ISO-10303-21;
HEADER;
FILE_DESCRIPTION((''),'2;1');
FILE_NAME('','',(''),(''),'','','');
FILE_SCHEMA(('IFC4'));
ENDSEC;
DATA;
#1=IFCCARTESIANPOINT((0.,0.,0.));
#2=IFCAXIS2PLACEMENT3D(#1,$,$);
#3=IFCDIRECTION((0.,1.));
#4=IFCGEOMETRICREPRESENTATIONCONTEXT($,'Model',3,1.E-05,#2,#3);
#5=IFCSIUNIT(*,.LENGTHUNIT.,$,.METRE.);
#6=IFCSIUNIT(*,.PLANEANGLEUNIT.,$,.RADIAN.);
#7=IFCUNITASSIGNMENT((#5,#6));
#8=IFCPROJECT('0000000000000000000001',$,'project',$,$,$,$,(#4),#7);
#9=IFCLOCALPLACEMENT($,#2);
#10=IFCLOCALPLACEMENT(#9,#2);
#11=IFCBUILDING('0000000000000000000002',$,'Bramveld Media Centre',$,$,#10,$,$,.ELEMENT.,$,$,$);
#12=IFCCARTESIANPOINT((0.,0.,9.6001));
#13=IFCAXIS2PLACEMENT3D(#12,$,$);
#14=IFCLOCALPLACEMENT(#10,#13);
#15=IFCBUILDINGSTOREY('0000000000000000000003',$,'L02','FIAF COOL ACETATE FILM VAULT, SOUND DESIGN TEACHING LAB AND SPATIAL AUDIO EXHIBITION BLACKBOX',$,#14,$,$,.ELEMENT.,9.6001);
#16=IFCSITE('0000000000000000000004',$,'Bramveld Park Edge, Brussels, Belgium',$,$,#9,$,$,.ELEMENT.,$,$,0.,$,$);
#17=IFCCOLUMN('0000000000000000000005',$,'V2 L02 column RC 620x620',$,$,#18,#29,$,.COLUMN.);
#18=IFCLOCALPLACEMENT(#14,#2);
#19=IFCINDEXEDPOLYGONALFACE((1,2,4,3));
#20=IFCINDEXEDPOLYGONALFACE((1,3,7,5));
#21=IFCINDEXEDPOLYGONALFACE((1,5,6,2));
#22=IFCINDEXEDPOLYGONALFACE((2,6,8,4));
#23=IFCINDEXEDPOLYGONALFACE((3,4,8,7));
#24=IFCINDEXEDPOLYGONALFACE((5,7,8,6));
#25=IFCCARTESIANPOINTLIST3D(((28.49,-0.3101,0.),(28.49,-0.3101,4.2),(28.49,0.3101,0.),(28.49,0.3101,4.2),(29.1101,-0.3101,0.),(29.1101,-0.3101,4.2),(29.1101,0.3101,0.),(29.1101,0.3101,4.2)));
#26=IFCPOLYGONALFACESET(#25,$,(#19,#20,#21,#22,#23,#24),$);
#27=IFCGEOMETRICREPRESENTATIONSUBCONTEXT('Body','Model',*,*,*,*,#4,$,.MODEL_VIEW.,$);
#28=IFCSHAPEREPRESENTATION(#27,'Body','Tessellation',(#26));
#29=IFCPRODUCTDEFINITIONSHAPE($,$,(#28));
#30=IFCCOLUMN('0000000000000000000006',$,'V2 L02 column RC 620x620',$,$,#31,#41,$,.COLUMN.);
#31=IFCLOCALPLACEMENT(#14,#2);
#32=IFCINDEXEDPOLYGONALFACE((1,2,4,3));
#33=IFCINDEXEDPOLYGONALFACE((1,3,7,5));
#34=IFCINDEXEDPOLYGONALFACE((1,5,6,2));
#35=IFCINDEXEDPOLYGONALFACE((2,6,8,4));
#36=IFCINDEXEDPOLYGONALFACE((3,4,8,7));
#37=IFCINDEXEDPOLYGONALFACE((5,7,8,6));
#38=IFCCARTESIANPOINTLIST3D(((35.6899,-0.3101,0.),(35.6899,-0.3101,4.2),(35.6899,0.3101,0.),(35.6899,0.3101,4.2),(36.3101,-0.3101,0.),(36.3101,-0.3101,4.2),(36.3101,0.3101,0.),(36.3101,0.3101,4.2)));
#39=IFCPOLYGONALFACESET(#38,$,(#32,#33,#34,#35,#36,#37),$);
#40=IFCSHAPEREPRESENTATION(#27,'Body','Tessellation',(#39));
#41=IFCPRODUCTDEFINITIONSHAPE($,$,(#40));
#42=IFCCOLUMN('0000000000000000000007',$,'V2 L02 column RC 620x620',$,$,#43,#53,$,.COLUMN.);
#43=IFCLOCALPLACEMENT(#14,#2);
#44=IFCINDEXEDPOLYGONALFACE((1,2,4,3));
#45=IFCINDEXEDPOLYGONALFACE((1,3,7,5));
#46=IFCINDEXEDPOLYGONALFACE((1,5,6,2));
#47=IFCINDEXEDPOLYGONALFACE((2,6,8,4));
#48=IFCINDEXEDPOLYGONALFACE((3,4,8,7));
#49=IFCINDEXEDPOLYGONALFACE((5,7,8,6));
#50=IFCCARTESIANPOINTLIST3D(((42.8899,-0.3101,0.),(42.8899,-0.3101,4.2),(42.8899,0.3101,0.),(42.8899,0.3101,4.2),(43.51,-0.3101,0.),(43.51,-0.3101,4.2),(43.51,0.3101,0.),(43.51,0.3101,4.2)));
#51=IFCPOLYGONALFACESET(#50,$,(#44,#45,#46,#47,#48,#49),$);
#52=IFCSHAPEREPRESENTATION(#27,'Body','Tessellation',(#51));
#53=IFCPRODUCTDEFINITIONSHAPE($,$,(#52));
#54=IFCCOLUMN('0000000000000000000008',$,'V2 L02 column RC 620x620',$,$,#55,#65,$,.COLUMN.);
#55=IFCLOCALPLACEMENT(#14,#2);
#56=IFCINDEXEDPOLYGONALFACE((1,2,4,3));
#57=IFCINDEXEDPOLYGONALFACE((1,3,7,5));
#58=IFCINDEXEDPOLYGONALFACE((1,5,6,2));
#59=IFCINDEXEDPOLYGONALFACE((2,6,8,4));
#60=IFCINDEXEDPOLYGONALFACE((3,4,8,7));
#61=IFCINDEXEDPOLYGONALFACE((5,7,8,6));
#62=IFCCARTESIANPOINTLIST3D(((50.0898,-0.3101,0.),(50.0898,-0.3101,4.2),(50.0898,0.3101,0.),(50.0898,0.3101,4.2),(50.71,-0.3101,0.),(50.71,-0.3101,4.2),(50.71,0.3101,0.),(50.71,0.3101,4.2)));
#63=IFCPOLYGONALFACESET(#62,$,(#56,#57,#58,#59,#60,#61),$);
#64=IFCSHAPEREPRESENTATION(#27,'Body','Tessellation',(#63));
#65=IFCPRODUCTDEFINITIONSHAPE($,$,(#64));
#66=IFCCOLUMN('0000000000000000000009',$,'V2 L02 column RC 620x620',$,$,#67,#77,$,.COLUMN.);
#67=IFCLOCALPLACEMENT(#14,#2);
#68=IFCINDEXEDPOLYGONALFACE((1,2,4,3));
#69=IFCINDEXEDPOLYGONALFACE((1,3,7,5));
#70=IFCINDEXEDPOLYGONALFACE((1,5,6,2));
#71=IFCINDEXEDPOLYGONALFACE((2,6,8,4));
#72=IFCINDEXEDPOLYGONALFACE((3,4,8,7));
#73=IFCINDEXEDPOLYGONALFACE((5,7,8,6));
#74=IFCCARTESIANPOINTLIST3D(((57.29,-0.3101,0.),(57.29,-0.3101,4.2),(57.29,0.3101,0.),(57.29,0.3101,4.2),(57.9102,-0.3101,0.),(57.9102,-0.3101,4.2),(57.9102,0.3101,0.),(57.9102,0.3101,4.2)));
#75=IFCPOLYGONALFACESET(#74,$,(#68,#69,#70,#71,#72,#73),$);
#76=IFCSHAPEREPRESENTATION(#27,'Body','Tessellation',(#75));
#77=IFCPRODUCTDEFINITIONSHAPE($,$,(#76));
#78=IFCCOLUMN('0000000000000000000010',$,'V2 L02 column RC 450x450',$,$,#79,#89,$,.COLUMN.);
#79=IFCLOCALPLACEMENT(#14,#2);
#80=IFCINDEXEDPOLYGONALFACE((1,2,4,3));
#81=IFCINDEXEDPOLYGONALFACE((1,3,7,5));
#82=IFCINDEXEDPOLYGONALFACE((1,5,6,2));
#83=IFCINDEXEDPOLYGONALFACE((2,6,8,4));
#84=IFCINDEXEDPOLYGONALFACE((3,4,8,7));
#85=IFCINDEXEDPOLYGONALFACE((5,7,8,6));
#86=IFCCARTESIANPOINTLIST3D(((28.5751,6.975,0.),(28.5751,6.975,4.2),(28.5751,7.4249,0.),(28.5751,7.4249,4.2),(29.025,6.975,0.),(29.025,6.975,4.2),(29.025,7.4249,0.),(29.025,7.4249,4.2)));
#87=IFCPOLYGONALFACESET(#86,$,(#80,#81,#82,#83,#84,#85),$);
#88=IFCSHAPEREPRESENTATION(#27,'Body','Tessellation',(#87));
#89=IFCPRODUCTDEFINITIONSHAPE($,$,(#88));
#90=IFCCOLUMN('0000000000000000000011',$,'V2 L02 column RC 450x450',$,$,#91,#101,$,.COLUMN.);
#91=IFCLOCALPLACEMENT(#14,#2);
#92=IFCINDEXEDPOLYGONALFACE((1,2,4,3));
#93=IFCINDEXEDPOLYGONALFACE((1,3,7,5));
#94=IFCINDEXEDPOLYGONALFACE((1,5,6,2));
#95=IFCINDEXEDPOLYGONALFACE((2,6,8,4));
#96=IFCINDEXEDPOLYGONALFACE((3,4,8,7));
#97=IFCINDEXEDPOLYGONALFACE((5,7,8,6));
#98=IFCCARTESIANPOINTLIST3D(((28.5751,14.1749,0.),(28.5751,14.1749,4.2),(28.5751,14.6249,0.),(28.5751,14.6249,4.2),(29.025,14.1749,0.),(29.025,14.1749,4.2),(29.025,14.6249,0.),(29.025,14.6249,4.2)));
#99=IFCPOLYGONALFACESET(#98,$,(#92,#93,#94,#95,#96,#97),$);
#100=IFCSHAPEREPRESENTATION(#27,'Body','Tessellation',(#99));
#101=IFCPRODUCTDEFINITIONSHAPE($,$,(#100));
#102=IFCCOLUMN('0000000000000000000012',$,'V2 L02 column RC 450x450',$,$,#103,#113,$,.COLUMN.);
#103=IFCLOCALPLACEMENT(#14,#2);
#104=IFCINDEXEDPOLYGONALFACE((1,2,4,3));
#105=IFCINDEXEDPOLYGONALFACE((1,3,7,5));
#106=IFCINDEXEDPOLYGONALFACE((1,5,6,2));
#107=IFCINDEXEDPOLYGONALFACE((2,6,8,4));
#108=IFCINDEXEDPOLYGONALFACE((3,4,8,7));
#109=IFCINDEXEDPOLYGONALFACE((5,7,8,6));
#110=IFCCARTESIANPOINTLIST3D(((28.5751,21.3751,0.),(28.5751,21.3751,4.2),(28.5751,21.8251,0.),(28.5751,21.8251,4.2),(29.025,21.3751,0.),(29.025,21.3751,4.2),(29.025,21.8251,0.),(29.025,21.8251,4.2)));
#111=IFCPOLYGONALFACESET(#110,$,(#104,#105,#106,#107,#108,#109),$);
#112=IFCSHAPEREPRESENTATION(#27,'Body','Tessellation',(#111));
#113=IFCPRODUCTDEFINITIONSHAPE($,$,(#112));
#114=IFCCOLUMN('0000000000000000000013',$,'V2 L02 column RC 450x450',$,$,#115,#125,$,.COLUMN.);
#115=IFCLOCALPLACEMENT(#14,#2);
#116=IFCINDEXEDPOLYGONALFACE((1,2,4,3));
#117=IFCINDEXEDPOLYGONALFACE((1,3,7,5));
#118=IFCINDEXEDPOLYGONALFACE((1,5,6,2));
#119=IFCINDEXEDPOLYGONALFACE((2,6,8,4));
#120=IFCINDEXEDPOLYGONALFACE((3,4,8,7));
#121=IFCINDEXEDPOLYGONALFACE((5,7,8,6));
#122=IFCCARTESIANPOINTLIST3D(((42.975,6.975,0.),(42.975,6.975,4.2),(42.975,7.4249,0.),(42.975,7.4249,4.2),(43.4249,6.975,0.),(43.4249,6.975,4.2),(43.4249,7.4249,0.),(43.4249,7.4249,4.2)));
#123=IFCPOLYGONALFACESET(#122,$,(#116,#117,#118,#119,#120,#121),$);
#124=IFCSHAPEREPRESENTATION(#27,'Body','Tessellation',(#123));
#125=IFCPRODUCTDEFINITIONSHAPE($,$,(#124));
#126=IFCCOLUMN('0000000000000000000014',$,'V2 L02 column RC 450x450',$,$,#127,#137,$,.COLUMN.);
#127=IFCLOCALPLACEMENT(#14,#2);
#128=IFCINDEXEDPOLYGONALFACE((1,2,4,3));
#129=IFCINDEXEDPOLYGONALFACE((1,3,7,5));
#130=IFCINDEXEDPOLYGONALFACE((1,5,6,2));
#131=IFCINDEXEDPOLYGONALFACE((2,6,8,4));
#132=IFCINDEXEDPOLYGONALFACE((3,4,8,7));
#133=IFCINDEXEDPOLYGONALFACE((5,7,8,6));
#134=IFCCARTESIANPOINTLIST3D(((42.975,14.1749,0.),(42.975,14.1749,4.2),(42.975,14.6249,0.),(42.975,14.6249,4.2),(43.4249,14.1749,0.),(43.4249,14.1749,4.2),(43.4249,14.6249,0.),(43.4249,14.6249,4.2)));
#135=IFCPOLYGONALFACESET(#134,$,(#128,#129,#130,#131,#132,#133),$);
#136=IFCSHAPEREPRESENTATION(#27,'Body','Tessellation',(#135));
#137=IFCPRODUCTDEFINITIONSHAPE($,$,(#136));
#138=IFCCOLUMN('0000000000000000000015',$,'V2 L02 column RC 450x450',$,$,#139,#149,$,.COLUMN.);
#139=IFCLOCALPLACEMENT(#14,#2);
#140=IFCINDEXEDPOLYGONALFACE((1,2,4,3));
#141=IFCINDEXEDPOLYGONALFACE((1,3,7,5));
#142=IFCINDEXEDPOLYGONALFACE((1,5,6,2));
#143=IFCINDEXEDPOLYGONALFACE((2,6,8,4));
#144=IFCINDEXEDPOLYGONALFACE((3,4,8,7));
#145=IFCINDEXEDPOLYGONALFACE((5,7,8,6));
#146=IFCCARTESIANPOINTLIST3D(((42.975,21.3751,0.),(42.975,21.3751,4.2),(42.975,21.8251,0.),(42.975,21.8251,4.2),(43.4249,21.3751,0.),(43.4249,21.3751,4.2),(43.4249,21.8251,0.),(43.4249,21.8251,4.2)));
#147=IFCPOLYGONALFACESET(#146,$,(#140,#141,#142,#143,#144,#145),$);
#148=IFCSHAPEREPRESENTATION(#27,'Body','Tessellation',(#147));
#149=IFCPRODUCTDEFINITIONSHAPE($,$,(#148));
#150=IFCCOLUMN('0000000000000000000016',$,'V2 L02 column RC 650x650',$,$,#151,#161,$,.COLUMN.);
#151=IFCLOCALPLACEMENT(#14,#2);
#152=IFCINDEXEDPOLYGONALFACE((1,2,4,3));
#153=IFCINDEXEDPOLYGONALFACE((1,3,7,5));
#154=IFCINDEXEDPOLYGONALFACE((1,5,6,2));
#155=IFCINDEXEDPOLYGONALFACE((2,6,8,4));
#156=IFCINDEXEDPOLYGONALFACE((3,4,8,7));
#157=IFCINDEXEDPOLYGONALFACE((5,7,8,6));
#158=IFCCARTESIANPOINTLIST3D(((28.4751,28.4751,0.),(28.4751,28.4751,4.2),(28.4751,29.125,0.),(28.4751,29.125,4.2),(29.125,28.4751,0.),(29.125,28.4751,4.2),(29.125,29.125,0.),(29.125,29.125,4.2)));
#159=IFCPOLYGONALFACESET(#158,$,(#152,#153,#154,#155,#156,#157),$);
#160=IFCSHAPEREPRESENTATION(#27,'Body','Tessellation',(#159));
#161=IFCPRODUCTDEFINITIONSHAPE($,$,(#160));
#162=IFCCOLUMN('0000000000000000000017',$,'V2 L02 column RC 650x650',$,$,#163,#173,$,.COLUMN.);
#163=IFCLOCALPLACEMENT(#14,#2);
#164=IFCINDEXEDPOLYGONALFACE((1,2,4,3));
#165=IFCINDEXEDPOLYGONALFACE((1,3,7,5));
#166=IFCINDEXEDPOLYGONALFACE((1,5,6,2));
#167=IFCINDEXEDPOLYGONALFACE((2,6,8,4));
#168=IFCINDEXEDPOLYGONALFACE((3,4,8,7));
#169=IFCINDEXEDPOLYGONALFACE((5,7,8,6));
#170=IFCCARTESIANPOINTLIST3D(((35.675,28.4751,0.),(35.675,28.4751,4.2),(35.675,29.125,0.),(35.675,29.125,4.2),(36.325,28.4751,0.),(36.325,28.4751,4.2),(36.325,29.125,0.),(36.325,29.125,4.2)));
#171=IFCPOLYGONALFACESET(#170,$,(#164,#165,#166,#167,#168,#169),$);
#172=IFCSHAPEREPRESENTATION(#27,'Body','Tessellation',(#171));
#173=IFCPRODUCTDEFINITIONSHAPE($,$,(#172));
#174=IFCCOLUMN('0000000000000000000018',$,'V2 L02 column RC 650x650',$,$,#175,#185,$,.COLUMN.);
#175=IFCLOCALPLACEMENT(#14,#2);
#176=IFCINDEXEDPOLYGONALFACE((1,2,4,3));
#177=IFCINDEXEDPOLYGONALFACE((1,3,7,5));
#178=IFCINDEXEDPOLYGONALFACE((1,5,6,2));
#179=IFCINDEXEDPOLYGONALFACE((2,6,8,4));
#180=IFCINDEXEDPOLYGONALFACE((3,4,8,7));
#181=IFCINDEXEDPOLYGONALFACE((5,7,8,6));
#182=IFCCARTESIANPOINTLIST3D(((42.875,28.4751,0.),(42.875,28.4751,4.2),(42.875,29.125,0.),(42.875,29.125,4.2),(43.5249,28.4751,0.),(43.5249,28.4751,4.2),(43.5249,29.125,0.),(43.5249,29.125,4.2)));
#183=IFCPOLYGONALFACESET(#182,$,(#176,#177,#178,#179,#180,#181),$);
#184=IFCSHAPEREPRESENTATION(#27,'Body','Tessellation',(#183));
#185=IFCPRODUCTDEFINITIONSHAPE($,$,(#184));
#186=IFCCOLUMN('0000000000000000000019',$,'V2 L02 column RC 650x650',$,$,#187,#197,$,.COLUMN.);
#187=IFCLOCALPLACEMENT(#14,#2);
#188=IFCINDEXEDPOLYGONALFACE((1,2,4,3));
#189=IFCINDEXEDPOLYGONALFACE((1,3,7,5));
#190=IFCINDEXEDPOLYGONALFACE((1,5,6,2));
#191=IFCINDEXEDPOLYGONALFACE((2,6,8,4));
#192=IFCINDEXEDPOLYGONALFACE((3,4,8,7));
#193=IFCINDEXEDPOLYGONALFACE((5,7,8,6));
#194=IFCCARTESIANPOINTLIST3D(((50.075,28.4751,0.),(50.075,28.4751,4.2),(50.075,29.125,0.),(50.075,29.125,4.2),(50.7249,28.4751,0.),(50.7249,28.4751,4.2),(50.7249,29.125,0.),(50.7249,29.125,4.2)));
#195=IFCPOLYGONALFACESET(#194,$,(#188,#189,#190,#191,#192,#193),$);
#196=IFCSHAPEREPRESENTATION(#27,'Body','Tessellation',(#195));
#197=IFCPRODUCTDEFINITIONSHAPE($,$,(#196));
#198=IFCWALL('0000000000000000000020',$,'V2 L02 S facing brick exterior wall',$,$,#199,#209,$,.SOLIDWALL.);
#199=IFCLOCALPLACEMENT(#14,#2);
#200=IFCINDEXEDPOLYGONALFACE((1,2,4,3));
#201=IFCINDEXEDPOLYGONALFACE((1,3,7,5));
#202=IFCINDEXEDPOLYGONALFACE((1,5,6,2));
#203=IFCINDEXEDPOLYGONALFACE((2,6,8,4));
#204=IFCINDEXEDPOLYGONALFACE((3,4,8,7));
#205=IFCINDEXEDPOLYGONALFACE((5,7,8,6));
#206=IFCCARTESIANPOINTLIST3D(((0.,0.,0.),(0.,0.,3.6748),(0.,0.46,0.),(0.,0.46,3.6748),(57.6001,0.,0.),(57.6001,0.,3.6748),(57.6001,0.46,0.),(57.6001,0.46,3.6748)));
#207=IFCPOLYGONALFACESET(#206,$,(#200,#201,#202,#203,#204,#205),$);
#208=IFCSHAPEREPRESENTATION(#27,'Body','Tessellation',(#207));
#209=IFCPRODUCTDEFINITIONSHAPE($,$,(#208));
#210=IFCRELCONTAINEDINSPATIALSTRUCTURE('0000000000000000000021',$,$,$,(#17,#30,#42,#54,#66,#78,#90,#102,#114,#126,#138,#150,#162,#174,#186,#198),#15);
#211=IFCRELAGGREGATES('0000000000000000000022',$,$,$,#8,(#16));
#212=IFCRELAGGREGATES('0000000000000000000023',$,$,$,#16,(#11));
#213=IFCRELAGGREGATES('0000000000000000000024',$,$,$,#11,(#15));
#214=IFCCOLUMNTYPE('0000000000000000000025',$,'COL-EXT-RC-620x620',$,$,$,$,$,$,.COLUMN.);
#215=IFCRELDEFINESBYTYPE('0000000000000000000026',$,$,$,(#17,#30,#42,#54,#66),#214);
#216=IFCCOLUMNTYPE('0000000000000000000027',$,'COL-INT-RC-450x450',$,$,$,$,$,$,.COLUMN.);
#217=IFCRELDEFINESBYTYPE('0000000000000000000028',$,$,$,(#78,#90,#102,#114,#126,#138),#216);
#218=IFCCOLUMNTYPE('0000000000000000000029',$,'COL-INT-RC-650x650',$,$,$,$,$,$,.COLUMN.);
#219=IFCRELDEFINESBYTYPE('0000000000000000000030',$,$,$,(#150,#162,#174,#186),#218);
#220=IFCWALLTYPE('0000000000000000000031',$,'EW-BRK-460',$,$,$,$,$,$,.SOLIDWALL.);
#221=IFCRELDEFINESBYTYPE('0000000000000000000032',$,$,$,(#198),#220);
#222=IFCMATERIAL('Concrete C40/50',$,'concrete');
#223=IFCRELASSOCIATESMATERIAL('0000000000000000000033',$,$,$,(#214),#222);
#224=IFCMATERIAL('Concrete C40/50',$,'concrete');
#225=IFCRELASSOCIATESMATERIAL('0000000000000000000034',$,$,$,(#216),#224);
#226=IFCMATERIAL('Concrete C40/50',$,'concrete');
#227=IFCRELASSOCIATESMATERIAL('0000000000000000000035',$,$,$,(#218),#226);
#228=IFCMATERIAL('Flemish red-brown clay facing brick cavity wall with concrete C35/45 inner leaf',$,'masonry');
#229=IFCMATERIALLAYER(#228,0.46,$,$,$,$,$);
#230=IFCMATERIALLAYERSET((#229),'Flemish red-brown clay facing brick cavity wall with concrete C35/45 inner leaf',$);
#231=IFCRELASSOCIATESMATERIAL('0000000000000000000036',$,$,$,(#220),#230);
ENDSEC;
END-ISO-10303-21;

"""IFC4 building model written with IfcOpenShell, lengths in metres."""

from ifc_helpers import new_model, si_unit, direction, frame, frame_2d, origin, origin_2d, place, context, subcontext, project, spatial, rectangle, extrude, material, layer, layer_set, material_profile, profile_set, type_object, element, save


model = new_model("IFC4")

# Units and contexts
model_context = context("Model", 3, precision=1e-05, world=origin(), true_north=direction((0.0, 1.0)))
body_context = subcontext(model_context, "Body", "Model", "MODEL_VIEW")
ifc_project = project(units=[si_unit("LENGTHUNIT", "METRE"), si_unit("PLANEANGLEUNIT", "RADIAN")], contexts=[model_context])

# Site, building, storey
site_placement = place(None, origin())
site = spatial("IfcSite", under=ifc_project, at=site_placement, Name="Bramveld Park Edge, Brussels, Belgium", CompositionType="ELEMENT", RefElevation=0.0)
building_placement = place(site_placement, origin())
building = spatial("IfcBuilding", under=site, at=building_placement, Name="Bramveld Media Centre", CompositionType="ELEMENT")
storey_placement = place(building_placement, frame((0.0, 0.0, 9.6001)))
storey = spatial("IfcBuildingStorey", under=building, at=storey_placement, Name="L02", Description="FIAF COOL ACETATE FILM VAULT, SOUND DESIGN TEACHING LAB AND SPATIAL AUDIO EXHIBITION BLACKBOX", CompositionType="ELEMENT", Elevation=9.6001)

# Columns
ifc_material_1 = material(Name="Concrete C40/50", Category="concrete")
ifc_material_profile_1 = material_profile(ifc_material_1, rectangle(XDim=0.6201, YDim=0.6201, at=origin_2d()), Name="RC 620x620")
ifc_profile_set_1 = profile_set([ifc_material_profile_1], Name="Concrete C40/50")
column_type_1 = type_object("IfcColumnType", Name="COL-EXT-RC-620x620", PredefinedType="COLUMN", material=ifc_profile_set_1)
for number, where, z_axis, x_axis, name in (
    (1, (28.8, 0.0, 0.0), (0.0, 0.0, 1.0), (1.0, 0.0, 0.0), "V2 L02 column RC 620x620"),
    (2, (36.0, 0.0, 0.0), (0.0, 0.0, 1.0), (1.0, 0.0, 0.0), "V2 L02 column RC 620x620"),
    (3, (43.2, 0.0, 0.0), (0.0, 0.0, 1.0), (1.0, 0.0, 0.0), "V2 L02 column RC 620x620"),
    (4, (50.3999, 0.0, 0.0), (0.0, 0.0, 1.0), (1.0, 0.0, 0.0), "V2 L02 column RC 620x620"),
    (5, (57.6001, 0.0, 0.0), (0.0, 0.0, 1.0), (1.0, 0.0, 0.0), "V2 L02 column RC 620x620"),
):
    element("IfcColumn", number, at=place(storey_placement, frame(where, z_axis=z_axis, x_axis=x_axis)), inside=storey, type_object=column_type_1, Name=name, PredefinedType="COLUMN", context=body_context, shape_type="SweptSolid", body=[
        extrude(rectangle(XDim=0.6201, YDim=0.6201, at=origin_2d()), origin(), (0.0, 0.0, 1.0), 4.2),
    ])
ifc_material_2 = material(Name="Concrete C40/50", Category="concrete")
ifc_material_profile_2 = material_profile(ifc_material_2, rectangle(XDim=0.45, YDim=0.45, at=origin_2d()), Name="RC 450x450")
ifc_profile_set_2 = profile_set([ifc_material_profile_2], Name="Concrete C40/50")
column_type_2 = type_object("IfcColumnType", Name="COL-INT-RC-450x450", PredefinedType="COLUMN", material=ifc_profile_set_2)
for number, where, z_axis, x_axis, name in (
    (6, (28.8, 7.2, 0.0), (0.0, 0.0, 1.0), (1.0, 0.0, 0.0), "V2 L02 column RC 450x450"),
    (7, (28.8, 14.3999, 0.0), (0.0, 0.0, 1.0), (1.0, 0.0, 0.0), "V2 L02 column RC 450x450"),
    (8, (28.8, 21.6001, 0.0), (0.0, 0.0, 1.0), (1.0, 0.0, 0.0), "V2 L02 column RC 450x450"),
    (9, (43.2, 7.2, 0.0), (0.0, 0.0, 1.0), (1.0, 0.0, 0.0), "V2 L02 column RC 450x450"),
    (10, (43.2, 14.3999, 0.0), (0.0, 0.0, 1.0), (1.0, 0.0, 0.0), "V2 L02 column RC 450x450"),
    (11, (43.2, 21.6001, 0.0), (0.0, 0.0, 1.0), (1.0, 0.0, 0.0), "V2 L02 column RC 450x450"),
):
    element("IfcColumn", number, at=place(storey_placement, frame(where, z_axis=z_axis, x_axis=x_axis)), inside=storey, type_object=column_type_2, Name=name, PredefinedType="COLUMN", context=body_context, shape_type="SweptSolid", body=[
        extrude(rectangle(XDim=0.45, YDim=0.45, at=origin_2d()), origin(), (0.0, 0.0, 1.0), 4.2),
    ])
ifc_material_3 = material(Name="Concrete C40/50", Category="concrete")
ifc_material_profile_3 = material_profile(ifc_material_3, rectangle(XDim=0.6499, YDim=0.6499, at=origin_2d()), Name="RC 650x650")
ifc_profile_set_3 = profile_set([ifc_material_profile_3], Name="Concrete C40/50")
column_type_3 = type_object("IfcColumnType", Name="COL-INT-RC-650x650", PredefinedType="COLUMN", material=ifc_profile_set_3)
for number, where, z_axis, x_axis, name in (
    (12, (28.8, 28.8, 0.0), (0.0, 0.0, 1.0), (1.0, 0.0, 0.0), "V2 L02 column RC 650x650"),
    (13, (36.0, 28.8, 0.0), (0.0, 0.0, 1.0), (1.0, 0.0, 0.0), "V2 L02 column RC 650x650"),
    (14, (43.2, 28.8, 0.0), (0.0, 0.0, 1.0), (1.0, 0.0, 0.0), "V2 L02 column RC 650x650"),
    (15, (50.3999, 28.8, 0.0), (0.0, 0.0, 1.0), (1.0, 0.0, 0.0), "V2 L02 column RC 650x650"),
):
    element("IfcColumn", number, at=place(storey_placement, frame(where, z_axis=z_axis, x_axis=x_axis)), inside=storey, type_object=column_type_3, Name=name, PredefinedType="COLUMN", context=body_context, shape_type="SweptSolid", body=[
        extrude(rectangle(XDim=0.6499, YDim=0.6499, at=origin_2d()), origin(), (0.0, 0.0, 1.0), 4.2),
    ])

# Wall
ifc_material_4 = material(Name="Flemish red-brown clay facing brick cavity wall with concrete C35/45 inner leaf", Category="masonry")
ifc_layer = layer(ifc_material_4, 0.46)
ifc_layer_set = layer_set([ifc_layer], Name="Flemish red-brown clay facing brick cavity wall with concrete C35/45 inner leaf")
wall_type = type_object("IfcWallType", Name="EW-BRK-460", PredefinedType="SOLIDWALL", material=ifc_layer_set)
wall_placement = place(storey_placement, frame((57.6001, 0.23, 0.0), z_axis=(0.0, 0.0, 1.0), x_axis=(-1.0, 0.0, 0.0)))
element("IfcWall", 16, at=wall_placement, inside=storey, type_object=wall_type, Name="V2 L02 S facing brick exterior wall", PredefinedType="SOLIDWALL", context=body_context, shape_type="SweptSolid", body=[
    extrude(rectangle(XDim=57.6001, YDim=0.46, at=frame_2d((28.8, 0.0))), origin(), (0.0, 0.0, 1.0), 3.6748),
])

save(model, "model.ifc")
